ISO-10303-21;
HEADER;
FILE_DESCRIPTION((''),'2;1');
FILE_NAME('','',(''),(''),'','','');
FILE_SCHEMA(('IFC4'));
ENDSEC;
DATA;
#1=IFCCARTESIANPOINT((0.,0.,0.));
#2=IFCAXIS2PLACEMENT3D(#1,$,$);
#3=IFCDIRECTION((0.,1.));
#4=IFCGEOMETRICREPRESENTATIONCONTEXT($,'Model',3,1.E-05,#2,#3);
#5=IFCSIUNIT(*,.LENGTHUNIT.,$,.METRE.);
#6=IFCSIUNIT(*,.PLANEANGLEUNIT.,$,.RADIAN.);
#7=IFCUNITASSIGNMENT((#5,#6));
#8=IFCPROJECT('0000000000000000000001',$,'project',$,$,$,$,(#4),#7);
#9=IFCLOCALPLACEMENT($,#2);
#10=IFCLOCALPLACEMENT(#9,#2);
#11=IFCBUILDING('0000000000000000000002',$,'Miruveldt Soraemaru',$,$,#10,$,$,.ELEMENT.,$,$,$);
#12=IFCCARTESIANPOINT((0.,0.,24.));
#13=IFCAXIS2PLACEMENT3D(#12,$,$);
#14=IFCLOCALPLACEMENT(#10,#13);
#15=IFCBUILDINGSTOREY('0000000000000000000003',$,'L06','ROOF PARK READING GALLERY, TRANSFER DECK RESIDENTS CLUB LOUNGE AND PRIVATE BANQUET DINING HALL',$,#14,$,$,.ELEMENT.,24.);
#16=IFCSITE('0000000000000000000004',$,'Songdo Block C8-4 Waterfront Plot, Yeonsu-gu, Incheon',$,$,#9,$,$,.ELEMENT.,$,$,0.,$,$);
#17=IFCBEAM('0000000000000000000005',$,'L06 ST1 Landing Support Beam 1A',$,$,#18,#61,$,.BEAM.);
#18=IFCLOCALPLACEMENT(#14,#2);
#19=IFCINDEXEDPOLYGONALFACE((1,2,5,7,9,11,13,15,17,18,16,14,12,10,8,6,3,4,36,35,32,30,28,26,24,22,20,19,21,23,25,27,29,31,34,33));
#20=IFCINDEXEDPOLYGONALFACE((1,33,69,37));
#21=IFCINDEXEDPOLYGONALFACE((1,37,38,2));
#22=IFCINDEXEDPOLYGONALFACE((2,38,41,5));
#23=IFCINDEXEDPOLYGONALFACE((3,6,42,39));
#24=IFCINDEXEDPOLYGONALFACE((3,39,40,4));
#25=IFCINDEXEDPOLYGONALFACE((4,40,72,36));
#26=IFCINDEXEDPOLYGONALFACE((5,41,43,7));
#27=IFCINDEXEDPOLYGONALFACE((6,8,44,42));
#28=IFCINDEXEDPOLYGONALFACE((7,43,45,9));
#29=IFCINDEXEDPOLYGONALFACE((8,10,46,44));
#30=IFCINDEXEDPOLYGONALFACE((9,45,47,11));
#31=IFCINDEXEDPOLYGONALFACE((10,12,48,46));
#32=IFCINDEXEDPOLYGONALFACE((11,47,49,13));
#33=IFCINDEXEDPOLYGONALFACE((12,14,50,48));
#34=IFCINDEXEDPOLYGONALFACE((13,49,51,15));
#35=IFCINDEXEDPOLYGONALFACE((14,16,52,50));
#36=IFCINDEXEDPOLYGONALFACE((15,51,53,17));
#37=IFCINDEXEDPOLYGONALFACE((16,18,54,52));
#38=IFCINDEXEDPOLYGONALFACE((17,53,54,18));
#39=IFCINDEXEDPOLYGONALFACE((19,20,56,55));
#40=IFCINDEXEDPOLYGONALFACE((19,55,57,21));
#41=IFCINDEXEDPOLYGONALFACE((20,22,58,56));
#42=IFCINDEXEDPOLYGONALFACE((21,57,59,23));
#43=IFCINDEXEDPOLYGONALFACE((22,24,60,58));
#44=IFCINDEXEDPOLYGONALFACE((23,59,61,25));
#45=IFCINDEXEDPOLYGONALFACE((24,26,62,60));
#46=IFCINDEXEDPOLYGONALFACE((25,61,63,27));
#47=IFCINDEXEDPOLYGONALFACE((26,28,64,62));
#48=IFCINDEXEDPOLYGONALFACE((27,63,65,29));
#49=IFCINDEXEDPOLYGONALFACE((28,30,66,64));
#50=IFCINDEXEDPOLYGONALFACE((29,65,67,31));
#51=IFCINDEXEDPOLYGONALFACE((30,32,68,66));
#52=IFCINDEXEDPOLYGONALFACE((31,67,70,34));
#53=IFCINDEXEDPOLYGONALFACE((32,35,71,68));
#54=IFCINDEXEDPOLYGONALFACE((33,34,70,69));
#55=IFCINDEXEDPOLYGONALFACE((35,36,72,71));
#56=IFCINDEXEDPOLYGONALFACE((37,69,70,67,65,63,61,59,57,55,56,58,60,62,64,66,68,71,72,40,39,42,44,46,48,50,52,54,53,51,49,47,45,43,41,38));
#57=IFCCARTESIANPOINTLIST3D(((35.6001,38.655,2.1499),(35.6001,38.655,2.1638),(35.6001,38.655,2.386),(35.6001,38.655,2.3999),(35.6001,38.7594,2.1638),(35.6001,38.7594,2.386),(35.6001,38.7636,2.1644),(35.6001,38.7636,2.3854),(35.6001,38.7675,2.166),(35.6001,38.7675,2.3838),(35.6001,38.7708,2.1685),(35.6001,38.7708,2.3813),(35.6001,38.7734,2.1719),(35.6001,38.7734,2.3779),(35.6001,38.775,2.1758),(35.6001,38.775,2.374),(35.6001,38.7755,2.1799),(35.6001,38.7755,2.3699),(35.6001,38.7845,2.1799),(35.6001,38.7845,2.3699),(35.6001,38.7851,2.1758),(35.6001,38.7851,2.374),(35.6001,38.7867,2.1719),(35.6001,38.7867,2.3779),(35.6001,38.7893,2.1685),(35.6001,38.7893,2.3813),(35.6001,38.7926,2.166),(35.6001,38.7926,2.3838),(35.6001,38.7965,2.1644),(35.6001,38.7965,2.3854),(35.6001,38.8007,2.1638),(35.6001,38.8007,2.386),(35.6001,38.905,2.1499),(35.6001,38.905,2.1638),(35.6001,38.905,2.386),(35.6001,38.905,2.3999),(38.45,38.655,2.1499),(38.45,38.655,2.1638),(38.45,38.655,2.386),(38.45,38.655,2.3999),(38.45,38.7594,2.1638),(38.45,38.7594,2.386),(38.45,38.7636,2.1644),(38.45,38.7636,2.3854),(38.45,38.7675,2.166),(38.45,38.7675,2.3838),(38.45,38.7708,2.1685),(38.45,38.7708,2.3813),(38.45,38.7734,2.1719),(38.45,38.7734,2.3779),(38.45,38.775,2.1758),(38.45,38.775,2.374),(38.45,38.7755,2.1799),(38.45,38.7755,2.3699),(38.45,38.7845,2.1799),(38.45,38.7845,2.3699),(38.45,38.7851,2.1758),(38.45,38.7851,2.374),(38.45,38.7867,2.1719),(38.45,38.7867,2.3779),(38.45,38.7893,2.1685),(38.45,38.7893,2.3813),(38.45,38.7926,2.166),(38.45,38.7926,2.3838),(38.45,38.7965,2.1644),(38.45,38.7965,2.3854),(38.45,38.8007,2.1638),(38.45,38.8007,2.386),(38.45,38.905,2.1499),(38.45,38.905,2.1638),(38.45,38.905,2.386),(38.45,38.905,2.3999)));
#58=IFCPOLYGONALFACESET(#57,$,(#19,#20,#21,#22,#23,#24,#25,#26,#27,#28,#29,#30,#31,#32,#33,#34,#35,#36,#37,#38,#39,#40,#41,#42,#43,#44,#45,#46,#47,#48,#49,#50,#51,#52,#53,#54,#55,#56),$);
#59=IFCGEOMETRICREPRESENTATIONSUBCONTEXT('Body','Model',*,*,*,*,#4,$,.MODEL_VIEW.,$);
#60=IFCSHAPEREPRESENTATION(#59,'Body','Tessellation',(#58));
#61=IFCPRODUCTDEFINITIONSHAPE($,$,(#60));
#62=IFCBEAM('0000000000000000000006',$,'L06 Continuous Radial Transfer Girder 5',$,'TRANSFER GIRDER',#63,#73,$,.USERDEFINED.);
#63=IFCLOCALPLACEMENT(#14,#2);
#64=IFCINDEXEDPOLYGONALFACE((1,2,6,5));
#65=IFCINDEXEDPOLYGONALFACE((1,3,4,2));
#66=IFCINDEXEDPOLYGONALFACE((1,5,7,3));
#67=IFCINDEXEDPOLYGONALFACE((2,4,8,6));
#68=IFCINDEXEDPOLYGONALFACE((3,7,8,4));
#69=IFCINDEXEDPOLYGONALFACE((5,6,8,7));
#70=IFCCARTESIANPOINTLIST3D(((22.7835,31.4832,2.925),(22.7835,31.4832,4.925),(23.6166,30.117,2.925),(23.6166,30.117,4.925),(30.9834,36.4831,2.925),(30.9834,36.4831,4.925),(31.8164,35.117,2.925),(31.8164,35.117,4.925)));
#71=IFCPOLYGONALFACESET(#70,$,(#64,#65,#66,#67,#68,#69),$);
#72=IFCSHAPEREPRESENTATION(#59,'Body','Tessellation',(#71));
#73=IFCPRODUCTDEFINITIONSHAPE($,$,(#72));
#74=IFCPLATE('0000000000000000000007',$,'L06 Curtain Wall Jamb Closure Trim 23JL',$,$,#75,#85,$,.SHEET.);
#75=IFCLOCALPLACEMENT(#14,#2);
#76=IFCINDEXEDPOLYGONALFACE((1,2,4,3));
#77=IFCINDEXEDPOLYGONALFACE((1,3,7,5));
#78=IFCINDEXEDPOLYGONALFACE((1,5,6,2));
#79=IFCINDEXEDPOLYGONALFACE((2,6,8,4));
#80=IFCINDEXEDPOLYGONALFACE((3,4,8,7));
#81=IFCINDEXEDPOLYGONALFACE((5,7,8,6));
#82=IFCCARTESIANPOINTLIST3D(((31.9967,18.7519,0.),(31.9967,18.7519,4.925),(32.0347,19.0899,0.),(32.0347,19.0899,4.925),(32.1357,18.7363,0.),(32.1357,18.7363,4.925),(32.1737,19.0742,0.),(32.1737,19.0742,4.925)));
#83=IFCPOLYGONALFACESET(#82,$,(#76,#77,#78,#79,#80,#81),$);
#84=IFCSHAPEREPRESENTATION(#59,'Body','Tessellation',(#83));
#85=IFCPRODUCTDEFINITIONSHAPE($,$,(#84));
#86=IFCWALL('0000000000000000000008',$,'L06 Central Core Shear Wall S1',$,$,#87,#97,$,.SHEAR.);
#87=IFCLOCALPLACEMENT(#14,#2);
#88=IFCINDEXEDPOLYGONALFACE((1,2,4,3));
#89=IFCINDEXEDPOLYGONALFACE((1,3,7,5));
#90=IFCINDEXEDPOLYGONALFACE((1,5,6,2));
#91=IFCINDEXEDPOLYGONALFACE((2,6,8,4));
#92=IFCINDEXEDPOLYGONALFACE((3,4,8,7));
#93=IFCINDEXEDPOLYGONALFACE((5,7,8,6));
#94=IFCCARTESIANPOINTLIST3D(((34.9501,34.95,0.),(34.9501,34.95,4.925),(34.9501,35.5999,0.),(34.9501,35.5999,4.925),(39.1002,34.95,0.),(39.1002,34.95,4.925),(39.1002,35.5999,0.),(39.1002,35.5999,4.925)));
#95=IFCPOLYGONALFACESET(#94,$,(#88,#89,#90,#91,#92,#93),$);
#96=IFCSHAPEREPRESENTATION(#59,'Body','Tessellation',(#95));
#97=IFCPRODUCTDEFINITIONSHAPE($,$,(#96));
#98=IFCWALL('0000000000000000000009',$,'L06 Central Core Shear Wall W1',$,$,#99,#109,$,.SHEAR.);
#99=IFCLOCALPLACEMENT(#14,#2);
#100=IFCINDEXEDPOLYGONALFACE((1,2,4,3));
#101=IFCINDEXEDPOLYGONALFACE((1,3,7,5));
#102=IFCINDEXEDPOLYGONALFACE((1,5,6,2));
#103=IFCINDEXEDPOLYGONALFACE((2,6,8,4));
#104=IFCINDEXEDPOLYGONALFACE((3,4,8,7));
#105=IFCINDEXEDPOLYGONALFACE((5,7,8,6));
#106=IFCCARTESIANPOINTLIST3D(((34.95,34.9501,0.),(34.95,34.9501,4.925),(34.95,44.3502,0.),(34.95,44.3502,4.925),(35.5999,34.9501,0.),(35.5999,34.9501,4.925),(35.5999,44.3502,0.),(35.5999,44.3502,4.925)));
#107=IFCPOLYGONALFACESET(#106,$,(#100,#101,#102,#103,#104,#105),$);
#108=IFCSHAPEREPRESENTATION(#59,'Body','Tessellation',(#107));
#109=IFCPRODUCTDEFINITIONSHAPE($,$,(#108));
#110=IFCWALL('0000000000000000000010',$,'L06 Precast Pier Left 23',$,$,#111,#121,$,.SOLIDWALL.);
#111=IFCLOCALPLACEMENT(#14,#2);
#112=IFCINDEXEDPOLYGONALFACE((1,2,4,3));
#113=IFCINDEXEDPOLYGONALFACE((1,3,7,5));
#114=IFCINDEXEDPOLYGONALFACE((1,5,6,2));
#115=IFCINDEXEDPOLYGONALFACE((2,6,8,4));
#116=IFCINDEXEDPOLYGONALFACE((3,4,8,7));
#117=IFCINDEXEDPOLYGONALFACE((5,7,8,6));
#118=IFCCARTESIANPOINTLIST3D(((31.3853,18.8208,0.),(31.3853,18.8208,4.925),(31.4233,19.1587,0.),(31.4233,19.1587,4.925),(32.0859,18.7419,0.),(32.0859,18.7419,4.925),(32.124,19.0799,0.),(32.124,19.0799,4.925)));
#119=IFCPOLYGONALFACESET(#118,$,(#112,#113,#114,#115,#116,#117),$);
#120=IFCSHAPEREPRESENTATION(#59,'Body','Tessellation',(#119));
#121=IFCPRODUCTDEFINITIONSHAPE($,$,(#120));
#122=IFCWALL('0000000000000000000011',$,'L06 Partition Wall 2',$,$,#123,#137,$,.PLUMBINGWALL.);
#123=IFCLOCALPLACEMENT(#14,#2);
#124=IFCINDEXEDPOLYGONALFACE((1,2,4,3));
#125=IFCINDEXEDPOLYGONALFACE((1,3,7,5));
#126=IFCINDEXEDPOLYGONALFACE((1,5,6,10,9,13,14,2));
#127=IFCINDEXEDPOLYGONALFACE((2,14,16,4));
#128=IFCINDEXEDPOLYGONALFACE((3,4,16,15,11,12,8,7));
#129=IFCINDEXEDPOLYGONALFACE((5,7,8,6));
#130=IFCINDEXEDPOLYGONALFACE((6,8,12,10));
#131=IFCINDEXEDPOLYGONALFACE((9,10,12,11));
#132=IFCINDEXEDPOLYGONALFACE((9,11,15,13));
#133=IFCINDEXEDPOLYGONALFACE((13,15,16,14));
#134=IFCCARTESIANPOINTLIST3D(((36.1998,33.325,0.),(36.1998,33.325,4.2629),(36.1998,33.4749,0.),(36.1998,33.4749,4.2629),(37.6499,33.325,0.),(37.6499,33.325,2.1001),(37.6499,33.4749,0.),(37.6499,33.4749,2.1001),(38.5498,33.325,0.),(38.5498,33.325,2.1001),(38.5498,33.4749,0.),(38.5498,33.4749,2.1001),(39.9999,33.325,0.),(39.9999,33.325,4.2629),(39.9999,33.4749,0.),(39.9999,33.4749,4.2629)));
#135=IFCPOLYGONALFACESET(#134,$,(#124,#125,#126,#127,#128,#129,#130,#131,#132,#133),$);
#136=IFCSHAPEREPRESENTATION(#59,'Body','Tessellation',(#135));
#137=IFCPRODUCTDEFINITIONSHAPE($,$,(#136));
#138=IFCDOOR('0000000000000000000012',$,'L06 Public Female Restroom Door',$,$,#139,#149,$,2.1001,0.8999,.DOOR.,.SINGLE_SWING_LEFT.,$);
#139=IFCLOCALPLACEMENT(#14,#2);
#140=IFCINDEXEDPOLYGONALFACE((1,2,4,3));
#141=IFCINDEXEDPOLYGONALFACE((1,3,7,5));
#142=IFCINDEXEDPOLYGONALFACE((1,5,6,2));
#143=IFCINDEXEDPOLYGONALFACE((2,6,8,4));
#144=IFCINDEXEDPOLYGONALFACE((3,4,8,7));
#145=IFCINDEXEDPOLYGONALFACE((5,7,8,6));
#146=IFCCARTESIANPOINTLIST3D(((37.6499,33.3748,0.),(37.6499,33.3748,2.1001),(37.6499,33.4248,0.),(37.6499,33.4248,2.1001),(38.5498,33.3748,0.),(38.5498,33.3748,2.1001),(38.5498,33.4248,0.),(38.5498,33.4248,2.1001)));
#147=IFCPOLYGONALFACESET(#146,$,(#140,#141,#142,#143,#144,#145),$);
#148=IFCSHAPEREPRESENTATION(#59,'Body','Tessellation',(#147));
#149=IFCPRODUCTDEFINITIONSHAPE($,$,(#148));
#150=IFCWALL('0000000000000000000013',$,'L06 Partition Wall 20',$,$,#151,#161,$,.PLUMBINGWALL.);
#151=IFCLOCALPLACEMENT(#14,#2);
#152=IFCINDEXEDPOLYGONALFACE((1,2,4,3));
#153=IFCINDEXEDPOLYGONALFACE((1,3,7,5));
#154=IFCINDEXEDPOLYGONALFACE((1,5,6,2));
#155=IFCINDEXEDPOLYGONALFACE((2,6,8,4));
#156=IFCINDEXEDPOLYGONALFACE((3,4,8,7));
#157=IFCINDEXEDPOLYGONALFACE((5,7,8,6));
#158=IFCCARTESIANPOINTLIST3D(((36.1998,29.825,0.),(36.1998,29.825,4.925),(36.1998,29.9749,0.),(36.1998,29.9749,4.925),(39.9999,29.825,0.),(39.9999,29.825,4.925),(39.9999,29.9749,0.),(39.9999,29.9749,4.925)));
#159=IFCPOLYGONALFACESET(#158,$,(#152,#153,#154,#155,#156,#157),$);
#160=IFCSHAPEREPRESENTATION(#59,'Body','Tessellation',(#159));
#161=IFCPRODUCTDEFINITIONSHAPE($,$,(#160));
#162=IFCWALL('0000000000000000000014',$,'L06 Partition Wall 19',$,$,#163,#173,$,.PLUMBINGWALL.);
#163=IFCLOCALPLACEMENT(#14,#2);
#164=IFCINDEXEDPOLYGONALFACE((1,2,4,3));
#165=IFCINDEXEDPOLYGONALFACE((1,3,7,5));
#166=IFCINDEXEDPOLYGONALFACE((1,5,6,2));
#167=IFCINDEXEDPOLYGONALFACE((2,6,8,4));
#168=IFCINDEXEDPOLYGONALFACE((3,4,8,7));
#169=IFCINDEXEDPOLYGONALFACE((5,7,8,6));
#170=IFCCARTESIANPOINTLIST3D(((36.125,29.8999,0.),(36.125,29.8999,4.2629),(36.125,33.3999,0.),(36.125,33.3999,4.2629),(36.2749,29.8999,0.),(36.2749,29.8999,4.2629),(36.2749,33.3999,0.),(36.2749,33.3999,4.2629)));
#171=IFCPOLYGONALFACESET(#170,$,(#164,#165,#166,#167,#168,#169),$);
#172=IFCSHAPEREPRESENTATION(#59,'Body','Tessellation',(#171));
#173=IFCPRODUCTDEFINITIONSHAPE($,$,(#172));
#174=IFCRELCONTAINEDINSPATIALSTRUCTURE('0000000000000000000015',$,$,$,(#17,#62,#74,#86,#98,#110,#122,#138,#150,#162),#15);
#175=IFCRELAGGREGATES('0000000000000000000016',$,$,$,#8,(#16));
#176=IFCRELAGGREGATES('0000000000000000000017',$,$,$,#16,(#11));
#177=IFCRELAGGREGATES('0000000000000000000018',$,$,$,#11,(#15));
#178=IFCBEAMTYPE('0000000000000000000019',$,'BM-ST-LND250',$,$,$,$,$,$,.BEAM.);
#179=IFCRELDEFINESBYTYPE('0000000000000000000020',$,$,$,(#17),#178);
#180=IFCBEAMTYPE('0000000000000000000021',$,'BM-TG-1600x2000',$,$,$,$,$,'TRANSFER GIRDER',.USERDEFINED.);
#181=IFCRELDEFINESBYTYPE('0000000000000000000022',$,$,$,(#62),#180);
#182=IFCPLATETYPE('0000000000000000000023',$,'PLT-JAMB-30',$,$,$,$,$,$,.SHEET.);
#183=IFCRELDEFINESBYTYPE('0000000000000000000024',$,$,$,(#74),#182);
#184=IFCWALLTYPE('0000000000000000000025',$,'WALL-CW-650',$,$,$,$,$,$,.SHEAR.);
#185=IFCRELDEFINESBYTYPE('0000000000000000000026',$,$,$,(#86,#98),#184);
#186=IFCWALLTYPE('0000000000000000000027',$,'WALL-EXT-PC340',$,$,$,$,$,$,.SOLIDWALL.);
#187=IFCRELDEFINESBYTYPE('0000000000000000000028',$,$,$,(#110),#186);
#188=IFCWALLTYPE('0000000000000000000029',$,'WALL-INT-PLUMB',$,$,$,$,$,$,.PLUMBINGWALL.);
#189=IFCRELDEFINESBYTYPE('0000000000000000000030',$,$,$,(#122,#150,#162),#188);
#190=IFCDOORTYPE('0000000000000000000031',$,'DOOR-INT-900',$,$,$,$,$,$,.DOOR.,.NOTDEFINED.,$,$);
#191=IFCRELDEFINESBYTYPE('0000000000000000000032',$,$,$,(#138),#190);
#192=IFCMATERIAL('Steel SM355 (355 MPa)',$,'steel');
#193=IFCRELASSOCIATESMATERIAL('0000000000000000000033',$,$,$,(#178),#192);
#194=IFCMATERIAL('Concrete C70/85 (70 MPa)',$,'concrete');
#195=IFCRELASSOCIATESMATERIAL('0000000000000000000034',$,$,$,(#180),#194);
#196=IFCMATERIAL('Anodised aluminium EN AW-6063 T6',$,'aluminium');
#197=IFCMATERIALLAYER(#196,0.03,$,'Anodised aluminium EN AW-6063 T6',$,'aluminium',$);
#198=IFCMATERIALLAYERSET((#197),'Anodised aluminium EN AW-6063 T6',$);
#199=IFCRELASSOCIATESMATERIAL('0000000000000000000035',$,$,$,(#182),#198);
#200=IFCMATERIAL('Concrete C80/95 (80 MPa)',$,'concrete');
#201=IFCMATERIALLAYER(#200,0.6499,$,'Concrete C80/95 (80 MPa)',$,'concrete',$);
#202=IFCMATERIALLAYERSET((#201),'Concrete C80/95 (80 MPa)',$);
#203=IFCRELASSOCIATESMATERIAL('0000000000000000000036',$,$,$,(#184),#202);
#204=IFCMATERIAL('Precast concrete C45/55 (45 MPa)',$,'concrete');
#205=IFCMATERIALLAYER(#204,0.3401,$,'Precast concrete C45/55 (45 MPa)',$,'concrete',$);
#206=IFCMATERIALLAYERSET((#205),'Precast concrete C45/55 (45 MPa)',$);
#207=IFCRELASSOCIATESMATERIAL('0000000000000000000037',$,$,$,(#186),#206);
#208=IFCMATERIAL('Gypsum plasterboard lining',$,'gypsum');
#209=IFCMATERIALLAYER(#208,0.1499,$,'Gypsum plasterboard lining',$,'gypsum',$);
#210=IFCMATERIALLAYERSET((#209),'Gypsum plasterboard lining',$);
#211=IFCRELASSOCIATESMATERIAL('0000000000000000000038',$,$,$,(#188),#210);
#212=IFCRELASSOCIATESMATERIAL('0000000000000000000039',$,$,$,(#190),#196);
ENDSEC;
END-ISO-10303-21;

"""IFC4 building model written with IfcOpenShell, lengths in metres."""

from ifc_helpers import new_model, si_unit, direction, frame, frame_2d, origin, origin_2d, place, context, subcontext, project, spatial, rectangle, i_section, extrude, material, layer, layer_set, material_profile, profile_set, type_object, element, fill, save


model = new_model("IFC4")

# Units and contexts
model_context = context("Model", 3, precision=1e-05, world=origin(), true_north=direction((0.0, 1.0)))
body_context = subcontext(model_context, "Body", "Model", "MODEL_VIEW")
ifc_project = project(units=[si_unit("LENGTHUNIT", "METRE"), si_unit("PLANEANGLEUNIT", "RADIAN")], contexts=[model_context])

# Site, building, storey
site_placement = place(None, origin())
site = spatial("IfcSite", under=ifc_project, at=site_placement, Name="Songdo Block C8-4 Waterfront Plot, Yeonsu-gu, Incheon", CompositionType="ELEMENT", RefElevation=0.0)
building_placement = place(site_placement, origin())
building = spatial("IfcBuilding", under=site, at=building_placement, Name="Miruveldt Soraemaru", CompositionType="ELEMENT")
storey_placement = place(building_placement, frame((0.0, 0.0, 24.0)))
storey = spatial("IfcBuildingStorey", under=building, at=storey_placement, Name="L06", Description="ROOF PARK READING GALLERY, TRANSFER DECK RESIDENTS CLUB LOUNGE AND PRIVATE BANQUET DINING HALL", CompositionType="ELEMENT", Elevation=24.0)

# Shared definitions
ifc_material_1 = material(Name="Concrete C80/95 (80 MPa)", Category="concrete")

# Beams
ifc_material_2 = material(Name="Steel SM355 (355 MPa)", Category="steel")
ifc_material_profile_1 = material_profile(ifc_material_2, i_section(OverallWidth=0.25, OverallDepth=0.25, WebThickness=0.009, FlangeThickness=0.0139, FilletRadius=0.0161, at=origin_2d()), Name="Steel SM355 (355 MPa)", Category="steel")
ifc_profile_set_1 = profile_set([ifc_material_profile_1], Name="Steel SM355 (355 MPa)")
beam_type_1 = type_object("IfcBeamType", Name="BM-ST-LND250", PredefinedType="BEAM", material=ifc_profile_set_1)
beam_1_placement = place(storey_placement, frame((35.6001, 38.78, 2.2749), z_axis=(1.0, 0.0, 0.0), x_axis=(0.0, 1.0, 0.0)))
element("IfcBeam", 1, at=beam_1_placement, inside=storey, type_object=beam_type_1, Name="L06 ST1 Landing Support Beam 1A", PredefinedType="BEAM", context=body_context, shape_type="SweptSolid", body=[
    extrude(i_section(OverallWidth=0.25, OverallDepth=0.25, WebThickness=0.009, FlangeThickness=0.0139, FilletRadius=0.0161, at=origin_2d()), origin(), (0.0, 0.0, 1.0), 2.8499),
])
ifc_material_3 = material(Name="Concrete C70/85 (70 MPa)", Category="concrete")
ifc_material_profile_2 = material_profile(ifc_material_3, rectangle(XDim=1.6001, YDim=2.0, at=origin_2d()), Name="Concrete C70/85 (70 MPa)", Category="concrete")
ifc_profile_set_2 = profile_set([ifc_material_profile_2], Name="Concrete C70/85 (70 MPa)")
beam_type_2 = type_object("IfcBeamType", Name="BM-TG-1600x2000", ElementType="TRANSFER GIRDER", PredefinedType="USERDEFINED", material=ifc_profile_set_2)
beam_2_placement = place(storey_placement, frame((31.3999, 35.8, 3.925), z_axis=(-0.853795, -0.52061, 0.0), x_axis=(0.52061, -0.853795, 0.0)))
element("IfcBeam", 2, at=beam_2_placement, inside=storey, type_object=beam_type_2, Name="L06 Continuous Radial Transfer Girder 5", ObjectType="TRANSFER GIRDER", PredefinedType="USERDEFINED", context=body_context, shape_type="SweptSolid", body=[
    extrude(rectangle(XDim=1.6001, YDim=2.0, at=origin_2d()), origin(), (0.0, 0.0, 1.0), 9.604),
])

# Plate
ifc_material_4 = material(Name="Anodised aluminium EN AW-6063 T6", Category="aluminium")
ifc_layer_1 = layer(ifc_material_4, 0.03, Name="Anodised aluminium EN AW-6063 T6", Category="aluminium")
ifc_layer_set_1 = layer_set([ifc_layer_1], Name="Anodised aluminium EN AW-6063 T6")
plate_type = type_object("IfcPlateType", Name="PLT-JAMB-30", PredefinedType="SHEET", material=ifc_layer_set_1)
plate_placement = place(storey_placement, frame((32.0852, 18.9131, 0.0), z_axis=(0.0, 0.0, 1.0), x_axis=(0.993733, -0.111781, 0.0)))
element("IfcPlate", 3, at=plate_placement, inside=storey, type_object=plate_type, Name="L06 Curtain Wall Jamb Closure Trim 23JL", PredefinedType="SHEET", context=body_context, shape_type="SweptSolid", body=[
    extrude(rectangle(XDim=0.1399, YDim=0.3401, at=origin_2d()), origin(), (0.0, 0.0, 1.0), 4.925),
])

# Walls
ifc_layer_2 = layer(ifc_material_1, 0.6499, Name="Concrete C80/95 (80 MPa)", Category="concrete")
ifc_layer_set_2 = layer_set([ifc_layer_2], Name="Concrete C80/95 (80 MPa)")
wall_type_1 = type_object("IfcWallType", Name="WALL-CW-650", PredefinedType="SHEAR", material=ifc_layer_set_2)
wall_1_placement = place(storey_placement, frame((34.95, 35.2749, 0.0), z_axis=(0.0, 0.0, 1.0), x_axis=(1.0, 0.0, 0.0)))
element("IfcWall", 4, at=wall_1_placement, inside=storey, type_object=wall_type_1, Name="L06 Central Core Shear Wall S1", PredefinedType="SHEAR", context=body_context, shape_type="SweptSolid", body=[
    extrude(rectangle(XDim=4.1501, YDim=0.6499, at=frame_2d((2.0752, 0.0))), origin(), (0.0, 0.0, 1.0), 4.925),
])
wall_2_placement = place(storey_placement, frame((35.2749, 34.95, 0.0), z_axis=(0.0, 0.0, 1.0), x_axis=(0.0, 1.0, 0.0)))
element("IfcWall", 5, at=wall_2_placement, inside=storey, type_object=wall_type_1, Name="L06 Central Core Shear Wall W1", PredefinedType="SHEAR", context=body_context, shape_type="SweptSolid", body=[
    extrude(rectangle(XDim=9.4001, YDim=0.6499, at=frame_2d((4.7002, 0.0))), origin(), (0.0, 0.0, 1.0), 4.925),
])
ifc_material_5 = material(Name="Precast concrete C45/55 (45 MPa)", Category="concrete")
ifc_layer_3 = layer(ifc_material_5, 0.3401, Name="Precast concrete C45/55 (45 MPa)", Category="concrete")
ifc_layer_set_3 = layer_set([ifc_layer_3], Name="Precast concrete C45/55 (45 MPa)")
wall_type_2 = type_object("IfcWallType", Name="WALL-EXT-PC340", PredefinedType="SOLIDWALL", material=ifc_layer_set_3)
wall_3_placement = place(storey_placement, frame((31.4043, 18.9897, 0.0), z_axis=(0.0, 0.0, 1.0), x_axis=(0.993727, -0.111838, 0.0)))
element("IfcWall", 6, at=wall_3_placement, inside=storey, type_object=wall_type_2, Name="L06 Precast Pier Left 23", PredefinedType="SOLIDWALL", context=body_context, shape_type="SweptSolid", body=[
    extrude(rectangle(XDim=0.7051, YDim=0.3401, at=frame_2d((0.3525, 0.0))), origin(), (0.0, 0.0, 1.0), 4.925),
])

# Wall, opening, door
ifc_material_6 = material(Name="Gypsum plasterboard lining", Category="gypsum")
ifc_layer_4 = layer(ifc_material_6, 0.1499, Name="Gypsum plasterboard lining", Category="gypsum")
ifc_layer_set_4 = layer_set([ifc_layer_4], Name="Gypsum plasterboard lining")
wall_type_3 = type_object("IfcWallType", Name="WALL-INT-PLUMB", PredefinedType="PLUMBINGWALL", material=ifc_layer_set_4)
wall_4_placement = place(storey_placement, frame((36.2, 33.3999, 0.0), z_axis=(0.0, 0.0, 1.0), x_axis=(1.0, 0.0, 0.0)))
wall_4 = element("IfcWall", 7, at=wall_4_placement, inside=storey, type_object=wall_type_3, Name="L06 Partition Wall 2", PredefinedType="PLUMBINGWALL", context=body_context, shape_type="SweptSolid", body=[
    extrude(rectangle(XDim=3.8, YDim=0.1499, at=frame_2d((1.8999, 0.0))), origin(), (0.0, 0.0, 1.0), 4.2629),
])
opening_placement = place(wall_4_placement, frame((1.45, 0.0, 0.0)))
opening = element("IfcOpeningElement", 8, at=opening_placement, cuts=wall_4, PredefinedType="OPENING", context=body_context, shape_type="SweptSolid", body=[
    extrude(rectangle(XDim=0.8999, YDim=2.1001, at=frame_2d((0.45, 1.05))), frame((0.0, 0.085, 0.0), z_axis=(0.0, -1.0, 0.0), x_axis=(1.0, 0.0, 0.0)), (0.0, 0.0, 1.0), 0.1699),
])
door_type = type_object("IfcDoorType", Name="DOOR-INT-900", OperationType="NOTDEFINED", PredefinedType="DOOR", material=ifc_material_4)
door_placement = place(opening_placement, origin())
door = element("IfcDoor", 9, at=door_placement, inside=storey, type_object=door_type, Name="L06 Public Female Restroom Door", OperationType="SINGLE_SWING_LEFT", OverallHeight=2.1001, OverallWidth=0.8999, PredefinedType="DOOR", context=body_context, shape_type="SweptSolid", body=[
    extrude(rectangle(XDim=0.8999, YDim=2.1001, at=frame_2d((0.45, 1.05))), frame((0.0, 0.0249, 0.0), z_axis=(0.0, -1.0, 0.0), x_axis=(1.0, 0.0, 0.0)), (0.0, 0.0, 1.0), 0.05),
])
fill(opening, door)

# Walls
wall_5_placement = place(storey_placement, frame((36.2, 29.8999, 0.0), z_axis=(0.0, 0.0, 1.0), x_axis=(1.0, 0.0, 0.0)))
element("IfcWall", 10, at=wall_5_placement, inside=storey, type_object=wall_type_3, Name="L06 Partition Wall 20", PredefinedType="PLUMBINGWALL", context=body_context, shape_type="SweptSolid", body=[
    extrude(rectangle(XDim=3.8, YDim=0.1499, at=frame_2d((1.8999, 0.0))), origin(), (0.0, 0.0, 1.0), 4.925),
])
wall_6_placement = place(storey_placement, frame((36.2, 33.3999, 0.0), z_axis=(0.0, 0.0, 1.0), x_axis=(0.0, -1.0, 0.0)))
element("IfcWall", 11, at=wall_6_placement, inside=storey, type_object=wall_type_3, Name="L06 Partition Wall 19", PredefinedType="PLUMBINGWALL", context=body_context, shape_type="SweptSolid", body=[
    extrude(rectangle(XDim=3.5, YDim=0.1499, at=frame_2d((1.75, 0.0))), origin(), (0.0, 0.0, 1.0), 4.2629),
])

save(model, "model.ifc")
